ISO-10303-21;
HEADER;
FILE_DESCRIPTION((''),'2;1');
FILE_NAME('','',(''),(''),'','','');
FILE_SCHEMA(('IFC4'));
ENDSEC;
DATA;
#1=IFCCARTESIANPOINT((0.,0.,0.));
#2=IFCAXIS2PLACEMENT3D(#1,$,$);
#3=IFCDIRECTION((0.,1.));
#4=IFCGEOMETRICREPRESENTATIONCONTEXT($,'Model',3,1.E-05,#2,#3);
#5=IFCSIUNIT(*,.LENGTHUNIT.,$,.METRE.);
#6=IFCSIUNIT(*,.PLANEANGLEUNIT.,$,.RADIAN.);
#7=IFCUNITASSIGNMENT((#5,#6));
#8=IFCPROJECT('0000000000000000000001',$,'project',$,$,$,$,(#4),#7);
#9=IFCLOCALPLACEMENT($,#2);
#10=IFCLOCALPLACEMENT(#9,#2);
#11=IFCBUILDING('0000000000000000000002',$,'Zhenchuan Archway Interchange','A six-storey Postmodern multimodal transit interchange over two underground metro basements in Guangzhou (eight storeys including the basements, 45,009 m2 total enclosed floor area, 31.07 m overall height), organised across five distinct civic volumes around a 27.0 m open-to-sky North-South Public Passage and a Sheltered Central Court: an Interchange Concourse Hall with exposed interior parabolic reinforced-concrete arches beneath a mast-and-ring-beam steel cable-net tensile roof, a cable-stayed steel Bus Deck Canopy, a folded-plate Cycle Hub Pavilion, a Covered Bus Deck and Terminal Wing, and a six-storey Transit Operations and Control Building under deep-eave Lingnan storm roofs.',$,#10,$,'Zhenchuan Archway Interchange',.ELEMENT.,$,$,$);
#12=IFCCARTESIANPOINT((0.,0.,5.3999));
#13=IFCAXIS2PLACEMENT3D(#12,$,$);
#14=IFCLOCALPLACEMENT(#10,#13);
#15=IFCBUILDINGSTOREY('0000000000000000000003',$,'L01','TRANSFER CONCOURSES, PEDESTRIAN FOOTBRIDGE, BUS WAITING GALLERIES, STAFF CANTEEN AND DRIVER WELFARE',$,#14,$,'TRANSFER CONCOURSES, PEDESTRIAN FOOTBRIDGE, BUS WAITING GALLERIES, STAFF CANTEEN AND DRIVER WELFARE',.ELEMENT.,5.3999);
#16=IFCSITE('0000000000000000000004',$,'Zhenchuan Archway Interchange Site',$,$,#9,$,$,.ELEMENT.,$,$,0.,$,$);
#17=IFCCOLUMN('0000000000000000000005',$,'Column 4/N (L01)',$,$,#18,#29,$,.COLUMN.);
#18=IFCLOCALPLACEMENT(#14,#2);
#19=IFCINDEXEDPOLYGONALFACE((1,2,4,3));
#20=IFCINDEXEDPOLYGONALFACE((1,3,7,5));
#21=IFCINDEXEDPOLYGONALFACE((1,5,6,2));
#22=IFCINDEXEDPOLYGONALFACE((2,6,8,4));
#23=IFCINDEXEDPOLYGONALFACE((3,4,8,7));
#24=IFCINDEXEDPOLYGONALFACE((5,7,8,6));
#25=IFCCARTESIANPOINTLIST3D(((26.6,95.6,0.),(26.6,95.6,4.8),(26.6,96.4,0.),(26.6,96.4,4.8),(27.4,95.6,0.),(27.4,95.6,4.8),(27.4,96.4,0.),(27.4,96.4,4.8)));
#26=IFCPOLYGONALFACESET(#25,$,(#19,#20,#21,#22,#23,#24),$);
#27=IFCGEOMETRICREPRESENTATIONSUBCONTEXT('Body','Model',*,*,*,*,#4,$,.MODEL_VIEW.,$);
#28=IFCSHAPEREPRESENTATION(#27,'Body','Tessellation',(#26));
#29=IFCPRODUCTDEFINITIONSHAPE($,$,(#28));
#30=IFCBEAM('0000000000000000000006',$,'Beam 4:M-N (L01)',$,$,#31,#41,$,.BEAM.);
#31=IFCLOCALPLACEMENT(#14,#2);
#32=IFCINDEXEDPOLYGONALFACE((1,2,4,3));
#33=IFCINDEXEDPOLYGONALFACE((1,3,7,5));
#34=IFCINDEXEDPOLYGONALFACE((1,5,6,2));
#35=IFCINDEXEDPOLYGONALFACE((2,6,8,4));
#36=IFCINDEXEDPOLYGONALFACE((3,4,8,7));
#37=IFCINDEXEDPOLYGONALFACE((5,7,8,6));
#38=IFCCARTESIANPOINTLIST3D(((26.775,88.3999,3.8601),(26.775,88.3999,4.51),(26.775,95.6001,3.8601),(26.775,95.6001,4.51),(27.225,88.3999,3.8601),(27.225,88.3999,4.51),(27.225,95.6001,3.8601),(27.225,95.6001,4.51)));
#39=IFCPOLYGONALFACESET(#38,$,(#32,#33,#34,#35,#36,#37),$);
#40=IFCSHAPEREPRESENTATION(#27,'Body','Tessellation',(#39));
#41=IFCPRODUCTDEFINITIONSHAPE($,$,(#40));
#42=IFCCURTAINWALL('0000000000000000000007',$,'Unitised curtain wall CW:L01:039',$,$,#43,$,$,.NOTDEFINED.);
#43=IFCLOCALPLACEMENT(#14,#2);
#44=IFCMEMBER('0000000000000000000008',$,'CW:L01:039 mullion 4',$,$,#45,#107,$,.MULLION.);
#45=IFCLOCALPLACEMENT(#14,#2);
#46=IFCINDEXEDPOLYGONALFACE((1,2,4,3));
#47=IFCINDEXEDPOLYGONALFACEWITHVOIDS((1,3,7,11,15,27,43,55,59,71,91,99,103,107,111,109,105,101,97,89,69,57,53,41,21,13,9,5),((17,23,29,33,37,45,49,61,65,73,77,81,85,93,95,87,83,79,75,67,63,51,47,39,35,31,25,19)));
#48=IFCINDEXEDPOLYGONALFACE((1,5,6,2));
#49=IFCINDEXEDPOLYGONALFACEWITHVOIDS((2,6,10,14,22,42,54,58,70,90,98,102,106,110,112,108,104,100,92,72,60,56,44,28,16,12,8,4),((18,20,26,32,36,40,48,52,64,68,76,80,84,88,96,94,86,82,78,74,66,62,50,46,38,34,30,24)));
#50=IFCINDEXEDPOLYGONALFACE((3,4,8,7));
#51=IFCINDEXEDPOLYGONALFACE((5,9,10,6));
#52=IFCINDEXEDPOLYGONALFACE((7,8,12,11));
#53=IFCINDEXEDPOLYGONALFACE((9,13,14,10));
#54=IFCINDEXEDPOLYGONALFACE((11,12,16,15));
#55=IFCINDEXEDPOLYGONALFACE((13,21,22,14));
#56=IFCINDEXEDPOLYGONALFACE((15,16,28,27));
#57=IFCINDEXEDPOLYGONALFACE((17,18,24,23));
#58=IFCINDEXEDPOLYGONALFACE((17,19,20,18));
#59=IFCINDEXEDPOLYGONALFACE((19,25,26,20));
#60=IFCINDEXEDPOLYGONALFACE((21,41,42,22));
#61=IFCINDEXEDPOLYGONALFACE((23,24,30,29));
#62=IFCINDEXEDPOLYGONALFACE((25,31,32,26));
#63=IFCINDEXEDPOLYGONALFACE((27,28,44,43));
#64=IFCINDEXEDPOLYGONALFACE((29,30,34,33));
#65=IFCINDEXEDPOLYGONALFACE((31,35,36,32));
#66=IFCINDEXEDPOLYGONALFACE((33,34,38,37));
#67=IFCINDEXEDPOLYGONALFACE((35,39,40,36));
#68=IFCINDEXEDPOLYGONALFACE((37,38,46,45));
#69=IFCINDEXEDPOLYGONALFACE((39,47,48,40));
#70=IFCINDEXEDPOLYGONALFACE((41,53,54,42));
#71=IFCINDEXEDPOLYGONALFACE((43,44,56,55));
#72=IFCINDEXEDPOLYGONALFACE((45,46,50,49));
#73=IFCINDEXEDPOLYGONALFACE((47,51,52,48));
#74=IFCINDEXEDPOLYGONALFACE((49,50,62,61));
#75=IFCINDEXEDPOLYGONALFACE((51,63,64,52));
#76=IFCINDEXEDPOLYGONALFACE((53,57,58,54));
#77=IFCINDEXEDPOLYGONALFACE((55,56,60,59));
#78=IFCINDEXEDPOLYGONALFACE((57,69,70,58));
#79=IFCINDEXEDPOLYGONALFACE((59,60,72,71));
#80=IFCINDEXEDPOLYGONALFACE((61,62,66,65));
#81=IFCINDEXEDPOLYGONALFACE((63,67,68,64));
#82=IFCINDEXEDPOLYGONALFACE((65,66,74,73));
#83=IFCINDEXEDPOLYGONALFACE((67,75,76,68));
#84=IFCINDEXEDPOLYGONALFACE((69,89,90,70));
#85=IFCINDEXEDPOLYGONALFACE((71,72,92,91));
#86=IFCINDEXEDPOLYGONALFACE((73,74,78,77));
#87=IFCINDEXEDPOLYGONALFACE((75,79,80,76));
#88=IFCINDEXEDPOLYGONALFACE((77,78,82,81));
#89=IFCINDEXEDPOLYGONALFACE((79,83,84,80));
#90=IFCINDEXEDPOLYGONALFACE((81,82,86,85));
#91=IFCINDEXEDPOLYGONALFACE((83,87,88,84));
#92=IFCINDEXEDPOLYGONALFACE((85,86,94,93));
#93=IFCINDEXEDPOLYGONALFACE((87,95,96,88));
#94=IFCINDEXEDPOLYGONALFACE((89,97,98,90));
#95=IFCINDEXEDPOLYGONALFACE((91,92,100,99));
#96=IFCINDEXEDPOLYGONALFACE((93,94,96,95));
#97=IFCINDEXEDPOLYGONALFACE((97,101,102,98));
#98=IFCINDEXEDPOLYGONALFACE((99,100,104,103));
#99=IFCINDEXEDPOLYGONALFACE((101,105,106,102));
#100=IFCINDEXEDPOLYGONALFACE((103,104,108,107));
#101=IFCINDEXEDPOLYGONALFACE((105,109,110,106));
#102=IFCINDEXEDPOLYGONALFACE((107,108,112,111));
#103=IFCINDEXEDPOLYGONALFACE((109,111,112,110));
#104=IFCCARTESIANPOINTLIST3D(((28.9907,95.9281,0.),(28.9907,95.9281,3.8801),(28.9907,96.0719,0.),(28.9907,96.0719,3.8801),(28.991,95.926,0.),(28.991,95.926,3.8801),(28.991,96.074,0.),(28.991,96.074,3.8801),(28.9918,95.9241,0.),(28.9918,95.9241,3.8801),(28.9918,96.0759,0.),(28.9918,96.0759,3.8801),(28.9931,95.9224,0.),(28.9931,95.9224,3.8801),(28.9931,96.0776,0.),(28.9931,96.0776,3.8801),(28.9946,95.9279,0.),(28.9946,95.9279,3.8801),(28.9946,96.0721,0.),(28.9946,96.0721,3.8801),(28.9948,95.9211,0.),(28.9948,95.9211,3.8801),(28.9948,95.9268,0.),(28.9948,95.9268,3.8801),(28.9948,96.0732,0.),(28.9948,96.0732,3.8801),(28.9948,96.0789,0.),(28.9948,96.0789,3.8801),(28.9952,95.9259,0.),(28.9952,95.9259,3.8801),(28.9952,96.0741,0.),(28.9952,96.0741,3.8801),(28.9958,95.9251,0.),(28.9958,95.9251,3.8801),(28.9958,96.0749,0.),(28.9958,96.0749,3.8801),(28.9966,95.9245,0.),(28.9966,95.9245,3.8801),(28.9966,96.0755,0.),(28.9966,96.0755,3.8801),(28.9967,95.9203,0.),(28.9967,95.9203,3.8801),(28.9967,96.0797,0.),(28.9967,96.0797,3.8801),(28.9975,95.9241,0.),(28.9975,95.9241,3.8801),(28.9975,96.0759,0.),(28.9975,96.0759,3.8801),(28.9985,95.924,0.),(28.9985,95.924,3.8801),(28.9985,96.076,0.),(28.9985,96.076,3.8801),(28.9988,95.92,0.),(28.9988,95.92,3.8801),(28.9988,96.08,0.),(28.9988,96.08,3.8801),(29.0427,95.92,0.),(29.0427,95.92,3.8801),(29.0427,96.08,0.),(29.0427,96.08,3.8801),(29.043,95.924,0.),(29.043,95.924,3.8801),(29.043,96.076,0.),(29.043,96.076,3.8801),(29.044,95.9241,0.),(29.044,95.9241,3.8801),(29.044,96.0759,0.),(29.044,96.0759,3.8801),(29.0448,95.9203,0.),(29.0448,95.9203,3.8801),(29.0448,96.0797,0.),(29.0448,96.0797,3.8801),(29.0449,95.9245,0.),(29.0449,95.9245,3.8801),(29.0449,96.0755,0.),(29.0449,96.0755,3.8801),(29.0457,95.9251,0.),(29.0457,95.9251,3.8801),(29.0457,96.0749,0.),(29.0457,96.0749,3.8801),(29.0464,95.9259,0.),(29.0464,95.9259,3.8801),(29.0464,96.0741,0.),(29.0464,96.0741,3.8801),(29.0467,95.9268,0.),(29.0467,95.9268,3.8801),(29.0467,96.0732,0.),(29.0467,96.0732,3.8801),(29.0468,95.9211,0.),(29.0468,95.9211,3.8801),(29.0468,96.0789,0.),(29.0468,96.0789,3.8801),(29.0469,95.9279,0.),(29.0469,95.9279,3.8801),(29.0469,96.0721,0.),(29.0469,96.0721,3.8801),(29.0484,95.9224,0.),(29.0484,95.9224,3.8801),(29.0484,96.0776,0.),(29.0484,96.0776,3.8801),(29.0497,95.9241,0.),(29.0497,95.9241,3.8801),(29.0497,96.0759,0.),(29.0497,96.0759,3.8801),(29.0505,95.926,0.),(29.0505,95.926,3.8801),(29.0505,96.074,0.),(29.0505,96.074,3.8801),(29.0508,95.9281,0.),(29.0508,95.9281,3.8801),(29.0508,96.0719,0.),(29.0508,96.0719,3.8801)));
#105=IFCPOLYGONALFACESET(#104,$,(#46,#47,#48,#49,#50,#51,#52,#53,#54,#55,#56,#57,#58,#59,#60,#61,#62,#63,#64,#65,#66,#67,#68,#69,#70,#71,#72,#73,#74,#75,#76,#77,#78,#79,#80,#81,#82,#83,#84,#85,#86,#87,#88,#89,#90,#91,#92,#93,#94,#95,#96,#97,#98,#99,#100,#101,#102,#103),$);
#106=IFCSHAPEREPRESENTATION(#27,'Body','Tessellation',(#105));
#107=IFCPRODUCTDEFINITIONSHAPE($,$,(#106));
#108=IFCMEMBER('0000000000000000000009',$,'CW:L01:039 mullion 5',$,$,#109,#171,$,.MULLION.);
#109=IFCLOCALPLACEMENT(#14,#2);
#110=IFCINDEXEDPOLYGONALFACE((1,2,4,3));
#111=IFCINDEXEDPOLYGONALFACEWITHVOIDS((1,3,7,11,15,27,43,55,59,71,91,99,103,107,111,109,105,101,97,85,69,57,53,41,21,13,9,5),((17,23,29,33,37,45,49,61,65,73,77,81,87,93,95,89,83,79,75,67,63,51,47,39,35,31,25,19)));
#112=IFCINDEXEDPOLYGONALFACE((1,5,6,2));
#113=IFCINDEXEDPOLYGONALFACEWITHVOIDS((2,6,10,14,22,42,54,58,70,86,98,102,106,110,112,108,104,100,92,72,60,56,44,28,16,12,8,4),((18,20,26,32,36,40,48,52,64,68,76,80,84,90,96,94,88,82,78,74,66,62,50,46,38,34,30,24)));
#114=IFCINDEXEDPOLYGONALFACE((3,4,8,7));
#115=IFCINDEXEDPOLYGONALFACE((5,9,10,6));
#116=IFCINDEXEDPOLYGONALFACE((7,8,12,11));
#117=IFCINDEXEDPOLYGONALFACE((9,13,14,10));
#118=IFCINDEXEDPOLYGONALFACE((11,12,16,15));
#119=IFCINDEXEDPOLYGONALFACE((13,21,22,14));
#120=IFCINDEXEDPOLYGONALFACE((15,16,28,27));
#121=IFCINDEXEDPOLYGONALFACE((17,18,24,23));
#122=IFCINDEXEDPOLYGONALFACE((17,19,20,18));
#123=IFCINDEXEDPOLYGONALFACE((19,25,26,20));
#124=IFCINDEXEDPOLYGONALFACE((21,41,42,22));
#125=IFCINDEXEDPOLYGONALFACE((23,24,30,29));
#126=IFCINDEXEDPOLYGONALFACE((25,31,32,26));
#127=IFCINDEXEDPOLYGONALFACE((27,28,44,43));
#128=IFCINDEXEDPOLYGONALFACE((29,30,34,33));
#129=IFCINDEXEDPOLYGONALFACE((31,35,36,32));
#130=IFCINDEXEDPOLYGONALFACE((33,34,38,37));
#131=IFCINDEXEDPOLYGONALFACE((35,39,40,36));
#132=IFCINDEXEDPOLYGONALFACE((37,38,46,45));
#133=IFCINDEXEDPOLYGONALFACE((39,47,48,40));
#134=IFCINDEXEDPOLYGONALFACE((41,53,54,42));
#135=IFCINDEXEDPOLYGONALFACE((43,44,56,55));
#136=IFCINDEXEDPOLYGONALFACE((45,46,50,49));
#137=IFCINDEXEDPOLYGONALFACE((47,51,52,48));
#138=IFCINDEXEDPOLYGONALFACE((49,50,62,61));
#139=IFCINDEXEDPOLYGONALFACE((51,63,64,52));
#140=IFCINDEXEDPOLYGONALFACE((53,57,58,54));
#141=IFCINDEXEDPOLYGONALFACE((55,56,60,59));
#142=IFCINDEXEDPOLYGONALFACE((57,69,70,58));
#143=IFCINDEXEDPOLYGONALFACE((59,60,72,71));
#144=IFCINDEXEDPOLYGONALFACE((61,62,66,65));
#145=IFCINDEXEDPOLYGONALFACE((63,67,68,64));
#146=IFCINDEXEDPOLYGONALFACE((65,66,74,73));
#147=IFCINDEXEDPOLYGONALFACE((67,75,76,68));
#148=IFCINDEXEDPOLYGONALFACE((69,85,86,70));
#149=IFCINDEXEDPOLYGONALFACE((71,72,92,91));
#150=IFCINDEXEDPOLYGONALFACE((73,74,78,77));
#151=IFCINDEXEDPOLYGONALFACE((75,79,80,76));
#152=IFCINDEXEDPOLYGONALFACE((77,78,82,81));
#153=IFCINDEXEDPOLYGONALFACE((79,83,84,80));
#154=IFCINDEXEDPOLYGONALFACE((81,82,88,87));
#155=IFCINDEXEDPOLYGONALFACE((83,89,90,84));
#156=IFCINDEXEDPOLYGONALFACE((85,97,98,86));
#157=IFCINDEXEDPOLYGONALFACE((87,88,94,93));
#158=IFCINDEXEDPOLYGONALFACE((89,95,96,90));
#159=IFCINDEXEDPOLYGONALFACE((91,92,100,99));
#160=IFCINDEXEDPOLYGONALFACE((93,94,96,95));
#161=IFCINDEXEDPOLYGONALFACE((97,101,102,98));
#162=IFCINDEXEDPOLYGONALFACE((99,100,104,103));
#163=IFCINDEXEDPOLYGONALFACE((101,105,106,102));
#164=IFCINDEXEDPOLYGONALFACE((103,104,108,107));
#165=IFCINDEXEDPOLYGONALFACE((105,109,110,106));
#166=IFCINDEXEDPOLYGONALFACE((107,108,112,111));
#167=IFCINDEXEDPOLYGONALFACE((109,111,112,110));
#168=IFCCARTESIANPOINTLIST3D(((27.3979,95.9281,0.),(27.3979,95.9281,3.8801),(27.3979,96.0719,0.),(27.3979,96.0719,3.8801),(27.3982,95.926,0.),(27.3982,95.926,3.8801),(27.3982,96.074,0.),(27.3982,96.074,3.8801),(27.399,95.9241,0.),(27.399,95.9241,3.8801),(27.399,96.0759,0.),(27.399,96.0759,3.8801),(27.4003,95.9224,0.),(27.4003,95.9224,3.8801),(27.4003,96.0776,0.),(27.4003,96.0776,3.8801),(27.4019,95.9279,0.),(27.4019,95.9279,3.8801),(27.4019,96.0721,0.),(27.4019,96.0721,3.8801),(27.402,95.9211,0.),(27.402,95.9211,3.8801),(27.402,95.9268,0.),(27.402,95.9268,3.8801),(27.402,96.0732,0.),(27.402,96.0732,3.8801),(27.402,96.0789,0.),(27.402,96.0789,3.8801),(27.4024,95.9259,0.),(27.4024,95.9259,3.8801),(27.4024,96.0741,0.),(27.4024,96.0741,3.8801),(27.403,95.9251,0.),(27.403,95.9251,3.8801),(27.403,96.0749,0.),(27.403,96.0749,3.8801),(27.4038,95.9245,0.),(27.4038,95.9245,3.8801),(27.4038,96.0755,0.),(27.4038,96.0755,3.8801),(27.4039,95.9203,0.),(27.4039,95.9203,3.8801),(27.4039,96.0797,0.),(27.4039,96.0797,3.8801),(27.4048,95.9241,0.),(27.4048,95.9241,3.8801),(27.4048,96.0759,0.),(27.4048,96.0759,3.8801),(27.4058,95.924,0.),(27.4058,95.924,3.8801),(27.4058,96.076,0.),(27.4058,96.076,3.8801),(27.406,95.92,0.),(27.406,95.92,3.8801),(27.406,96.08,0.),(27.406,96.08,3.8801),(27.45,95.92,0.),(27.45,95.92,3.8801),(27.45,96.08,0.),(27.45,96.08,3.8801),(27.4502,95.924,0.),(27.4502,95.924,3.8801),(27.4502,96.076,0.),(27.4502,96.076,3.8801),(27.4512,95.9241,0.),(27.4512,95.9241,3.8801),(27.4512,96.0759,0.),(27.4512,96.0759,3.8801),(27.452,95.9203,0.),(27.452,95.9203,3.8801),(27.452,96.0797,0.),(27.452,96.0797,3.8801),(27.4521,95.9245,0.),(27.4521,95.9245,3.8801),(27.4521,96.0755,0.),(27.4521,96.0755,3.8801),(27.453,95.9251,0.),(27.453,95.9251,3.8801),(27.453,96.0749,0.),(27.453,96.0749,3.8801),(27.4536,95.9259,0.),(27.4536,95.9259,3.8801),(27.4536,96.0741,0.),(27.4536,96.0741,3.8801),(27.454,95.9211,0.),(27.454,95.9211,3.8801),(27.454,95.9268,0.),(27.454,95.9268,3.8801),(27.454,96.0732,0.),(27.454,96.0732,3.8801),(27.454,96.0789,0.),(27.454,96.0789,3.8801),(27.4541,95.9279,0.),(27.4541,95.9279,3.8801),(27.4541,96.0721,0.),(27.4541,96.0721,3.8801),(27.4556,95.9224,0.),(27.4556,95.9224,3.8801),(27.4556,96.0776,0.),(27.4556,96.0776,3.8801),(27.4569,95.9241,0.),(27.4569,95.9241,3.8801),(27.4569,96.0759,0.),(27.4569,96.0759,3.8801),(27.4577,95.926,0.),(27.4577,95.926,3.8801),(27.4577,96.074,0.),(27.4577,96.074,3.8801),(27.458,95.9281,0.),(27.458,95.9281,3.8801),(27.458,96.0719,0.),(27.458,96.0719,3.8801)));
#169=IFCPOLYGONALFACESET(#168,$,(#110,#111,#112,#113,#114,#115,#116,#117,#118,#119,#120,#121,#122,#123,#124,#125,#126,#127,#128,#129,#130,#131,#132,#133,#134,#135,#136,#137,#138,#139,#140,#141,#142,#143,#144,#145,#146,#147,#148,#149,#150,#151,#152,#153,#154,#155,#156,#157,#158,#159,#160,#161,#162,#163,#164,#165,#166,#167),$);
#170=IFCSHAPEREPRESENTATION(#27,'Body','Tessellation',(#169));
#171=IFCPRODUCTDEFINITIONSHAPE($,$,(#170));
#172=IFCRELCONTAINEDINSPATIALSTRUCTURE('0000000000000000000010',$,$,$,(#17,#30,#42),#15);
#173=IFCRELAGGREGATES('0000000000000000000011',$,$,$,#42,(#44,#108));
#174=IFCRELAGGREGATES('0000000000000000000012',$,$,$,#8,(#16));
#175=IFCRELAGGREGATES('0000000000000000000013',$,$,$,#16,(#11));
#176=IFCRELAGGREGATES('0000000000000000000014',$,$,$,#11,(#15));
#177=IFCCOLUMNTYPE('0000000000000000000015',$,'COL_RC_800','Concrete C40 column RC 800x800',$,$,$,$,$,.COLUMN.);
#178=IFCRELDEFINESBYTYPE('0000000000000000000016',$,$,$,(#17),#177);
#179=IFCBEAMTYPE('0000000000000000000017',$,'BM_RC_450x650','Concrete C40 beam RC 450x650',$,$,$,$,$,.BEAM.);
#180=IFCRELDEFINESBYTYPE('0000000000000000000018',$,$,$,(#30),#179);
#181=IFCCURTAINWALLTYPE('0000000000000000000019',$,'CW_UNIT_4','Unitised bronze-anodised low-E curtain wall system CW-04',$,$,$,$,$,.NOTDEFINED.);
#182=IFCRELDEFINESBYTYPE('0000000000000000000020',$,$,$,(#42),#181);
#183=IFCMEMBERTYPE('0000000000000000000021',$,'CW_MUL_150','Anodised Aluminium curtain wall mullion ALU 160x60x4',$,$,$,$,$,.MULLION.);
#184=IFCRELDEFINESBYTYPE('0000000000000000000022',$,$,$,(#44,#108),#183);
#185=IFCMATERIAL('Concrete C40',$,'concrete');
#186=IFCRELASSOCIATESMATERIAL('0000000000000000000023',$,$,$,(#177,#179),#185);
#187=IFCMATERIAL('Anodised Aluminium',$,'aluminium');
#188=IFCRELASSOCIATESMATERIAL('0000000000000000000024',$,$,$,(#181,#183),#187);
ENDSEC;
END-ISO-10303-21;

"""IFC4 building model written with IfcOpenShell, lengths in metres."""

from ifc_helpers import new_model, si_unit, direction, frame, origin, origin_2d, place, context, subcontext, project, spatial, rectangle, hollow_rectangle, extrude, material, material_profile, profile_set, type_object, element, aggregate, save


model = new_model("IFC4")

# Units and contexts
model_context = context("Model", 3, precision=1e-05, world=origin(), true_north=direction((0.0, 1.0)))
body_context = subcontext(model_context, "Body", "Model", "MODEL_VIEW")
ifc_project = project(units=[si_unit("LENGTHUNIT", "METRE"), si_unit("PLANEANGLEUNIT", "RADIAN")], contexts=[model_context])

# Site, building, storey
site_placement = place(None, origin())
site = spatial("IfcSite", under=ifc_project, at=site_placement, Name="Zhenchuan Archway Interchange Site", CompositionType="ELEMENT", RefElevation=0.0)
building_placement = place(site_placement, origin())
building = spatial("IfcBuilding", under=site, at=building_placement, Name="Zhenchuan Archway Interchange", Description="A six-storey Postmodern multimodal transit interchange over two underground metro basements in Guangzhou (eight storeys including the basements, 45,009 m2 total enclosed floor area, 31.07 m overall height), organised across five distinct civic volumes around a 27.0 m open-to-sky North-South Public Passage and a Sheltered Central Court: an Interchange Concourse Hall with exposed interior parabolic reinforced-concrete arches beneath a mast-and-ring-beam steel cable-net tensile roof, a cable-stayed steel Bus Deck Canopy, a folded-plate Cycle Hub Pavilion, a Covered Bus Deck and Terminal Wing, and a six-storey Transit Operations and Control Building under deep-eave Lingnan storm roofs.", LongName="Zhenchuan Archway Interchange", CompositionType="ELEMENT")
storey_placement = place(building_placement, frame((0.0, 0.0, 5.3999)))
storey = spatial("IfcBuildingStorey", under=building, at=storey_placement, Name="L01", Description="TRANSFER CONCOURSES, PEDESTRIAN FOOTBRIDGE, BUS WAITING GALLERIES, STAFF CANTEEN AND DRIVER WELFARE", LongName="TRANSFER CONCOURSES, PEDESTRIAN FOOTBRIDGE, BUS WAITING GALLERIES, STAFF CANTEEN AND DRIVER WELFARE", CompositionType="ELEMENT", Elevation=5.3999)

# Column
ifc_material_1 = material(Name="Concrete C40", Category="concrete")
ifc_material_profile_1 = material_profile(ifc_material_1, rectangle(XDim=0.8, YDim=0.8, at=origin_2d()), Name="RC 800x800")
ifc_profile_set_1 = profile_set([ifc_material_profile_1], Name="Concrete C40")
column_type = type_object("IfcColumnType", Name="COL_RC_800", Description="Concrete C40 column RC 800x800", PredefinedType="COLUMN", material=ifc_profile_set_1)
column_placement = place(storey_placement, frame((27.0, 96.0, 0.0), z_axis=(0.0, 0.0, 1.0), x_axis=(1.0, 0.0, 0.0)))
element("IfcColumn", 1, at=column_placement, inside=storey, type_object=column_type, Name="Column 4/N (L01)", PredefinedType="COLUMN", context=body_context, shape_type="SweptSolid", body=[
    extrude(rectangle(XDim=0.8, YDim=0.8, at=origin_2d()), origin(), (0.0, 0.0, 1.0), 4.8),
])

# Beam
ifc_material_profile_2 = material_profile(ifc_material_1, rectangle(XDim=0.45, YDim=0.6499, at=origin_2d()), Name="RC 450x650")
ifc_profile_set_2 = profile_set([ifc_material_profile_2], Name="Concrete C40")
beam_type_1 = type_object("IfcBeamType", Name="BM_RC_450x650", Description="Concrete C40 beam RC 450x650", PredefinedType="BEAM", material=ifc_profile_set_2)
beam_1_placement = place(storey_placement, frame((27.0, 88.3999, 4.1851), z_axis=(0.0, 1.0, 0.0), x_axis=(-1.0, 0.0, 0.0)))
element("IfcBeam", 2, at=beam_1_placement, inside=storey, type_object=beam_type_1, Name="Beam 4:M-N (L01)", PredefinedType="BEAM", context=body_context, shape_type="SweptSolid", body=[
    extrude(rectangle(XDim=0.45, YDim=0.6499, at=origin_2d()), origin(), (0.0, 0.0, 1.0), 7.2002),
])

# Curtain wall, members
ifc_material_2 = material(Name="Anodised Aluminium", Category="aluminium")
curtain_wall_type_1 = type_object("IfcCurtainWallType", Name="CW_UNIT_4", Description="Unitised bronze-anodised low-E curtain wall system CW-04", PredefinedType="NOTDEFINED", material=ifc_material_2)
curtain_wall_1_placement = place(storey_placement, origin())
curtain_wall_1 = element("IfcCurtainWall", 3, at=curtain_wall_1_placement, inside=storey, type_object=curtain_wall_type_1, Name="Unitised curtain wall CW:L01:039", PredefinedType="NOTDEFINED")
ifc_material_profile_3 = material_profile(ifc_material_2, hollow_rectangle(XDim=0.0601, YDim=0.1599, WallThickness=0.0039, InnerFilletRadius=0.0039, OuterFilletRadius=0.0081, at=origin_2d()), Name="ALU 160x60x4")
ifc_profile_set_3 = profile_set([ifc_material_profile_3], Name="Anodised Aluminium")
member_type_1 = type_object("IfcMemberType", Name="CW_MUL_150", Description="Anodised Aluminium curtain wall mullion ALU 160x60x4", PredefinedType="MULLION", material=ifc_profile_set_3)
member_1_placement = place(storey_placement, frame((29.0208, 96.0, 0.0), z_axis=(0.0, 0.0, 1.0), x_axis=(1.0, 0.0, 0.0)))
member_1 = element("IfcMember", 4, at=member_1_placement, type_object=member_type_1, Name="CW:L01:039 mullion 4", PredefinedType="MULLION", context=body_context, shape_type="SweptSolid", body=[
    extrude(hollow_rectangle(XDim=0.0601, YDim=0.1599, WallThickness=0.0039, InnerFilletRadius=0.0039, OuterFilletRadius=0.0081, at=origin_2d()), origin(), (0.0, 0.0, 1.0), 3.8801),
])
member_2_placement = place(storey_placement, frame((27.428, 96.0, 0.0), z_axis=(0.0, 0.0, 1.0), x_axis=(1.0, 0.0, 0.0)))
member_2 = element("IfcMember", 5, at=member_2_placement, type_object=member_type_1, Name="CW:L01:039 mullion 5", PredefinedType="MULLION", context=body_context, shape_type="SweptSolid", body=[
    extrude(hollow_rectangle(XDim=0.0601, YDim=0.1599, WallThickness=0.0039, InnerFilletRadius=0.0039, OuterFilletRadius=0.0081, at=origin_2d()), origin(), (0.0, 0.0, 1.0), 3.8801),
])

aggregate(curtain_wall_1, [member_1, member_2])

save(model, "model.ifc")
